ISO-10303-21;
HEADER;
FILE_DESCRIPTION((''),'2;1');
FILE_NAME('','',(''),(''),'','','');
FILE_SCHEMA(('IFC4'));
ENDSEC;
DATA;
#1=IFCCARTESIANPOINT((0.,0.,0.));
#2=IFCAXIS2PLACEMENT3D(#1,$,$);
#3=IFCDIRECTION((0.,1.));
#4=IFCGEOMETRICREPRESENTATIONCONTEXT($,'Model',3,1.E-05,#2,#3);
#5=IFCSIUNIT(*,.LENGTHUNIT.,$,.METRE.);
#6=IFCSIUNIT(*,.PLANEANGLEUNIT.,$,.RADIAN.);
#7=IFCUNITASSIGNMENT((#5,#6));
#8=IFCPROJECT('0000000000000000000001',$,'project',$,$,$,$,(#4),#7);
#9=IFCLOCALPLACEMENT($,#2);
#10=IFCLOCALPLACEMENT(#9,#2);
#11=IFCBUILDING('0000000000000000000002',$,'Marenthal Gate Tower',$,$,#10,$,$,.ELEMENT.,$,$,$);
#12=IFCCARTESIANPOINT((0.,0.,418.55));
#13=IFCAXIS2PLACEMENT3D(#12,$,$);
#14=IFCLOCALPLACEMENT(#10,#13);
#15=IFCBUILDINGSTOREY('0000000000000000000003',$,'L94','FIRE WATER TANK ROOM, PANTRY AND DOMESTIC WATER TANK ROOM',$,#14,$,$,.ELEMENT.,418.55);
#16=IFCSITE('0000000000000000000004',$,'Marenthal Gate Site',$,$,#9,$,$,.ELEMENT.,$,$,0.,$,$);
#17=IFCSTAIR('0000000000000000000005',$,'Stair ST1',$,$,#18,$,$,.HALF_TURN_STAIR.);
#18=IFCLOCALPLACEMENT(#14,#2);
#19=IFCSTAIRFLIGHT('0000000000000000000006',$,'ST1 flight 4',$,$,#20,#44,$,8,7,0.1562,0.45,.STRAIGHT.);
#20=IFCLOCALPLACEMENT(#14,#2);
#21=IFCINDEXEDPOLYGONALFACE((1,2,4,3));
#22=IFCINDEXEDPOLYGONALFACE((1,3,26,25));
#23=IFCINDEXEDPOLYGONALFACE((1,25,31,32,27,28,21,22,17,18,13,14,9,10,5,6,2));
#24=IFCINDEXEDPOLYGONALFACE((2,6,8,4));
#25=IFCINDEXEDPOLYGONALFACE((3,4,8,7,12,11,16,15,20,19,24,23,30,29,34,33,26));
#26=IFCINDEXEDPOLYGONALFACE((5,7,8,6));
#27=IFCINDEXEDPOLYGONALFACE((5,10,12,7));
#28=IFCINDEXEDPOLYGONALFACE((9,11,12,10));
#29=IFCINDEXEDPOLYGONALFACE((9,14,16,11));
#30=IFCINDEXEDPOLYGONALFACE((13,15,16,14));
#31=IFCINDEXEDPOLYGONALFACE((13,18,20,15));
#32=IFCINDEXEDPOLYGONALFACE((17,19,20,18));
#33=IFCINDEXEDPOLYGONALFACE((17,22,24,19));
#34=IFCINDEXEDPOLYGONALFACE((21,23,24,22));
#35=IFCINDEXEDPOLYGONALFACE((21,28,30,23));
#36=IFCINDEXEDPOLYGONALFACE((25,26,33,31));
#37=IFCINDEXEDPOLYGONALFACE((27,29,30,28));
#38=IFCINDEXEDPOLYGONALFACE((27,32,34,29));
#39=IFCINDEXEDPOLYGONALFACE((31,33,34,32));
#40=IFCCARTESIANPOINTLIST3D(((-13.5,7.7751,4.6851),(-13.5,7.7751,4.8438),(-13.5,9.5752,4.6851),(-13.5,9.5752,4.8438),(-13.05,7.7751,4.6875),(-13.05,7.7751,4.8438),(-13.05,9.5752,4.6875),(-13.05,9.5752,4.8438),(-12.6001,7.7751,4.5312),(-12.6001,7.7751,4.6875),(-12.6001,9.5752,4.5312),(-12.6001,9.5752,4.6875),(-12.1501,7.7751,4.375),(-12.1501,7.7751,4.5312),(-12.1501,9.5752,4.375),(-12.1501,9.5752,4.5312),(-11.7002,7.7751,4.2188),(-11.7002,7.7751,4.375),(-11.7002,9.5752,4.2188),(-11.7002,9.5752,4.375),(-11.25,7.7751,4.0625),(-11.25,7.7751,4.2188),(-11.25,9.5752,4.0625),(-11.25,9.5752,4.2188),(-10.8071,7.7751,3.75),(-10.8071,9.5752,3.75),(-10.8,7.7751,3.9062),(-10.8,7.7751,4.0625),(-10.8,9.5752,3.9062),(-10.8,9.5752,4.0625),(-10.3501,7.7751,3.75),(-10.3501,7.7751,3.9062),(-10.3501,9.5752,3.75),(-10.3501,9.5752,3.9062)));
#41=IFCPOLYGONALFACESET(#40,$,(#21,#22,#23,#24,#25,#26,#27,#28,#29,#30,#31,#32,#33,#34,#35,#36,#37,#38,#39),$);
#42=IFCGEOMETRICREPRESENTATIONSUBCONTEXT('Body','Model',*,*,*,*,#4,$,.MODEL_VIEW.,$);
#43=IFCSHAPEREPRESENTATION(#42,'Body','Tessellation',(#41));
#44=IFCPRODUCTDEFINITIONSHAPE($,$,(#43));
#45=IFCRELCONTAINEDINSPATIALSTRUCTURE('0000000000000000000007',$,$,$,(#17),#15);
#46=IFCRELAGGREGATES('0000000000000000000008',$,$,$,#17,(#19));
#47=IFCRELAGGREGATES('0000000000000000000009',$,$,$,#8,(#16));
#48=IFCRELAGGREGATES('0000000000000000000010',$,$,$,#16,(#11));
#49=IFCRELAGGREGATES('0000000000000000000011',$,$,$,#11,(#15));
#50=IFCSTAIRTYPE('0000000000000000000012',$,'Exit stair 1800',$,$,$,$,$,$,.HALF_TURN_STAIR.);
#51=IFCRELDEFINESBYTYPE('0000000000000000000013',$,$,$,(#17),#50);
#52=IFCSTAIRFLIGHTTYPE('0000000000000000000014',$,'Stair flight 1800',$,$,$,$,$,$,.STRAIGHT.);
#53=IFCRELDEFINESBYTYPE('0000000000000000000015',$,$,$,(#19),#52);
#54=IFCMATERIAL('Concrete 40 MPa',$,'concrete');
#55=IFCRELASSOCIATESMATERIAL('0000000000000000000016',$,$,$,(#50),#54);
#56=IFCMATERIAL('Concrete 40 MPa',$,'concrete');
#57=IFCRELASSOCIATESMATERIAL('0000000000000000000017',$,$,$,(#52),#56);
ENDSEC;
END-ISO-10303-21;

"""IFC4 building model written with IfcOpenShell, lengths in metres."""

from ifc_helpers import new_model, si_unit, direction, frame, origin, place, context, subcontext, project, spatial, polyline, outline, extrude, material, type_object, element, aggregate, save


model = new_model("IFC4")

# Units and contexts
model_context = context("Model", 3, precision=1e-05, world=origin(), true_north=direction((0.0, 1.0)))
body_context = subcontext(model_context, "Body", "Model", "MODEL_VIEW")
ifc_project = project(units=[si_unit("LENGTHUNIT", "METRE"), si_unit("PLANEANGLEUNIT", "RADIAN")], contexts=[model_context])

# Site, building, storey
site_placement = place(None, origin())
site = spatial("IfcSite", under=ifc_project, at=site_placement, Name="Marenthal Gate Site", CompositionType="ELEMENT", RefElevation=0.0)
building_placement = place(site_placement, origin())
building = spatial("IfcBuilding", under=site, at=building_placement, Name="Marenthal Gate Tower", CompositionType="ELEMENT")
storey_placement = place(building_placement, frame((0.0, 0.0, 418.55)))
storey = spatial("IfcBuildingStorey", under=building, at=storey_placement, Name="L94", Description="FIRE WATER TANK ROOM, PANTRY AND DOMESTIC WATER TANK ROOM", CompositionType="ELEMENT", Elevation=418.55)

# Stair, stair flight
ifc_material_1 = material(Name="Concrete 40 MPa", Category="concrete")
stair_type = type_object("IfcStairType", Name="Exit stair 1800", PredefinedType="HALF_TURN_STAIR", material=ifc_material_1)
stair_placement = place(storey_placement, origin())
stair = element("IfcStair", 1, at=stair_placement, inside=storey, type_object=stair_type, Name="Stair ST1", PredefinedType="HALF_TURN_STAIR")
ifc_material_2 = material(Name="Concrete 40 MPa", Category="concrete")
stair_flight_type = type_object("IfcStairFlightType", Name="Stair flight 1800", PredefinedType="STRAIGHT", material=ifc_material_2)
stair_flight_1_placement = place(storey_placement, frame((-10.3501, 8.675, 3.75), z_axis=(0.0, 0.0, 1.0), x_axis=(-1.0, 0.0, 0.0)))
stair_flight_1 = element("IfcStairFlight", 2, at=stair_flight_1_placement, type_object=stair_flight_type, Name="ST1 flight 4", NumberOfRisers=8, NumberOfTreads=7, PredefinedType="STRAIGHT", RiserHeight=0.1562, TreadLength=0.45, context=body_context, shape_type="SweptSolid", body=[
    extrude(outline(polyline([(0.0, 0.0), (0.0, 0.1562), (0.45, 0.1562), (0.45, 0.3125), (0.8999, 0.3125), (0.8999, 0.4688), (1.3501, 0.4688), (1.3501, 0.625), (1.8, 0.625), (1.8, 0.7812), (2.25, 0.7812), (2.25, 0.9375), (2.7, 0.9375), (2.7, 1.0938), (3.1499, 1.0938), (3.1499, 1.25), (3.1499, 0.9351), (0.457, 0.0), (0.0, 0.0)])), frame((0.0, 0.8999, 0.0), z_axis=(0.0, -1.0, 0.0), x_axis=(1.0, 0.0, 0.0)), (0.0, 0.0, 1.0), 1.8),
])
aggregate(stair, [stair_flight_1])

save(model, "model.ifc")
